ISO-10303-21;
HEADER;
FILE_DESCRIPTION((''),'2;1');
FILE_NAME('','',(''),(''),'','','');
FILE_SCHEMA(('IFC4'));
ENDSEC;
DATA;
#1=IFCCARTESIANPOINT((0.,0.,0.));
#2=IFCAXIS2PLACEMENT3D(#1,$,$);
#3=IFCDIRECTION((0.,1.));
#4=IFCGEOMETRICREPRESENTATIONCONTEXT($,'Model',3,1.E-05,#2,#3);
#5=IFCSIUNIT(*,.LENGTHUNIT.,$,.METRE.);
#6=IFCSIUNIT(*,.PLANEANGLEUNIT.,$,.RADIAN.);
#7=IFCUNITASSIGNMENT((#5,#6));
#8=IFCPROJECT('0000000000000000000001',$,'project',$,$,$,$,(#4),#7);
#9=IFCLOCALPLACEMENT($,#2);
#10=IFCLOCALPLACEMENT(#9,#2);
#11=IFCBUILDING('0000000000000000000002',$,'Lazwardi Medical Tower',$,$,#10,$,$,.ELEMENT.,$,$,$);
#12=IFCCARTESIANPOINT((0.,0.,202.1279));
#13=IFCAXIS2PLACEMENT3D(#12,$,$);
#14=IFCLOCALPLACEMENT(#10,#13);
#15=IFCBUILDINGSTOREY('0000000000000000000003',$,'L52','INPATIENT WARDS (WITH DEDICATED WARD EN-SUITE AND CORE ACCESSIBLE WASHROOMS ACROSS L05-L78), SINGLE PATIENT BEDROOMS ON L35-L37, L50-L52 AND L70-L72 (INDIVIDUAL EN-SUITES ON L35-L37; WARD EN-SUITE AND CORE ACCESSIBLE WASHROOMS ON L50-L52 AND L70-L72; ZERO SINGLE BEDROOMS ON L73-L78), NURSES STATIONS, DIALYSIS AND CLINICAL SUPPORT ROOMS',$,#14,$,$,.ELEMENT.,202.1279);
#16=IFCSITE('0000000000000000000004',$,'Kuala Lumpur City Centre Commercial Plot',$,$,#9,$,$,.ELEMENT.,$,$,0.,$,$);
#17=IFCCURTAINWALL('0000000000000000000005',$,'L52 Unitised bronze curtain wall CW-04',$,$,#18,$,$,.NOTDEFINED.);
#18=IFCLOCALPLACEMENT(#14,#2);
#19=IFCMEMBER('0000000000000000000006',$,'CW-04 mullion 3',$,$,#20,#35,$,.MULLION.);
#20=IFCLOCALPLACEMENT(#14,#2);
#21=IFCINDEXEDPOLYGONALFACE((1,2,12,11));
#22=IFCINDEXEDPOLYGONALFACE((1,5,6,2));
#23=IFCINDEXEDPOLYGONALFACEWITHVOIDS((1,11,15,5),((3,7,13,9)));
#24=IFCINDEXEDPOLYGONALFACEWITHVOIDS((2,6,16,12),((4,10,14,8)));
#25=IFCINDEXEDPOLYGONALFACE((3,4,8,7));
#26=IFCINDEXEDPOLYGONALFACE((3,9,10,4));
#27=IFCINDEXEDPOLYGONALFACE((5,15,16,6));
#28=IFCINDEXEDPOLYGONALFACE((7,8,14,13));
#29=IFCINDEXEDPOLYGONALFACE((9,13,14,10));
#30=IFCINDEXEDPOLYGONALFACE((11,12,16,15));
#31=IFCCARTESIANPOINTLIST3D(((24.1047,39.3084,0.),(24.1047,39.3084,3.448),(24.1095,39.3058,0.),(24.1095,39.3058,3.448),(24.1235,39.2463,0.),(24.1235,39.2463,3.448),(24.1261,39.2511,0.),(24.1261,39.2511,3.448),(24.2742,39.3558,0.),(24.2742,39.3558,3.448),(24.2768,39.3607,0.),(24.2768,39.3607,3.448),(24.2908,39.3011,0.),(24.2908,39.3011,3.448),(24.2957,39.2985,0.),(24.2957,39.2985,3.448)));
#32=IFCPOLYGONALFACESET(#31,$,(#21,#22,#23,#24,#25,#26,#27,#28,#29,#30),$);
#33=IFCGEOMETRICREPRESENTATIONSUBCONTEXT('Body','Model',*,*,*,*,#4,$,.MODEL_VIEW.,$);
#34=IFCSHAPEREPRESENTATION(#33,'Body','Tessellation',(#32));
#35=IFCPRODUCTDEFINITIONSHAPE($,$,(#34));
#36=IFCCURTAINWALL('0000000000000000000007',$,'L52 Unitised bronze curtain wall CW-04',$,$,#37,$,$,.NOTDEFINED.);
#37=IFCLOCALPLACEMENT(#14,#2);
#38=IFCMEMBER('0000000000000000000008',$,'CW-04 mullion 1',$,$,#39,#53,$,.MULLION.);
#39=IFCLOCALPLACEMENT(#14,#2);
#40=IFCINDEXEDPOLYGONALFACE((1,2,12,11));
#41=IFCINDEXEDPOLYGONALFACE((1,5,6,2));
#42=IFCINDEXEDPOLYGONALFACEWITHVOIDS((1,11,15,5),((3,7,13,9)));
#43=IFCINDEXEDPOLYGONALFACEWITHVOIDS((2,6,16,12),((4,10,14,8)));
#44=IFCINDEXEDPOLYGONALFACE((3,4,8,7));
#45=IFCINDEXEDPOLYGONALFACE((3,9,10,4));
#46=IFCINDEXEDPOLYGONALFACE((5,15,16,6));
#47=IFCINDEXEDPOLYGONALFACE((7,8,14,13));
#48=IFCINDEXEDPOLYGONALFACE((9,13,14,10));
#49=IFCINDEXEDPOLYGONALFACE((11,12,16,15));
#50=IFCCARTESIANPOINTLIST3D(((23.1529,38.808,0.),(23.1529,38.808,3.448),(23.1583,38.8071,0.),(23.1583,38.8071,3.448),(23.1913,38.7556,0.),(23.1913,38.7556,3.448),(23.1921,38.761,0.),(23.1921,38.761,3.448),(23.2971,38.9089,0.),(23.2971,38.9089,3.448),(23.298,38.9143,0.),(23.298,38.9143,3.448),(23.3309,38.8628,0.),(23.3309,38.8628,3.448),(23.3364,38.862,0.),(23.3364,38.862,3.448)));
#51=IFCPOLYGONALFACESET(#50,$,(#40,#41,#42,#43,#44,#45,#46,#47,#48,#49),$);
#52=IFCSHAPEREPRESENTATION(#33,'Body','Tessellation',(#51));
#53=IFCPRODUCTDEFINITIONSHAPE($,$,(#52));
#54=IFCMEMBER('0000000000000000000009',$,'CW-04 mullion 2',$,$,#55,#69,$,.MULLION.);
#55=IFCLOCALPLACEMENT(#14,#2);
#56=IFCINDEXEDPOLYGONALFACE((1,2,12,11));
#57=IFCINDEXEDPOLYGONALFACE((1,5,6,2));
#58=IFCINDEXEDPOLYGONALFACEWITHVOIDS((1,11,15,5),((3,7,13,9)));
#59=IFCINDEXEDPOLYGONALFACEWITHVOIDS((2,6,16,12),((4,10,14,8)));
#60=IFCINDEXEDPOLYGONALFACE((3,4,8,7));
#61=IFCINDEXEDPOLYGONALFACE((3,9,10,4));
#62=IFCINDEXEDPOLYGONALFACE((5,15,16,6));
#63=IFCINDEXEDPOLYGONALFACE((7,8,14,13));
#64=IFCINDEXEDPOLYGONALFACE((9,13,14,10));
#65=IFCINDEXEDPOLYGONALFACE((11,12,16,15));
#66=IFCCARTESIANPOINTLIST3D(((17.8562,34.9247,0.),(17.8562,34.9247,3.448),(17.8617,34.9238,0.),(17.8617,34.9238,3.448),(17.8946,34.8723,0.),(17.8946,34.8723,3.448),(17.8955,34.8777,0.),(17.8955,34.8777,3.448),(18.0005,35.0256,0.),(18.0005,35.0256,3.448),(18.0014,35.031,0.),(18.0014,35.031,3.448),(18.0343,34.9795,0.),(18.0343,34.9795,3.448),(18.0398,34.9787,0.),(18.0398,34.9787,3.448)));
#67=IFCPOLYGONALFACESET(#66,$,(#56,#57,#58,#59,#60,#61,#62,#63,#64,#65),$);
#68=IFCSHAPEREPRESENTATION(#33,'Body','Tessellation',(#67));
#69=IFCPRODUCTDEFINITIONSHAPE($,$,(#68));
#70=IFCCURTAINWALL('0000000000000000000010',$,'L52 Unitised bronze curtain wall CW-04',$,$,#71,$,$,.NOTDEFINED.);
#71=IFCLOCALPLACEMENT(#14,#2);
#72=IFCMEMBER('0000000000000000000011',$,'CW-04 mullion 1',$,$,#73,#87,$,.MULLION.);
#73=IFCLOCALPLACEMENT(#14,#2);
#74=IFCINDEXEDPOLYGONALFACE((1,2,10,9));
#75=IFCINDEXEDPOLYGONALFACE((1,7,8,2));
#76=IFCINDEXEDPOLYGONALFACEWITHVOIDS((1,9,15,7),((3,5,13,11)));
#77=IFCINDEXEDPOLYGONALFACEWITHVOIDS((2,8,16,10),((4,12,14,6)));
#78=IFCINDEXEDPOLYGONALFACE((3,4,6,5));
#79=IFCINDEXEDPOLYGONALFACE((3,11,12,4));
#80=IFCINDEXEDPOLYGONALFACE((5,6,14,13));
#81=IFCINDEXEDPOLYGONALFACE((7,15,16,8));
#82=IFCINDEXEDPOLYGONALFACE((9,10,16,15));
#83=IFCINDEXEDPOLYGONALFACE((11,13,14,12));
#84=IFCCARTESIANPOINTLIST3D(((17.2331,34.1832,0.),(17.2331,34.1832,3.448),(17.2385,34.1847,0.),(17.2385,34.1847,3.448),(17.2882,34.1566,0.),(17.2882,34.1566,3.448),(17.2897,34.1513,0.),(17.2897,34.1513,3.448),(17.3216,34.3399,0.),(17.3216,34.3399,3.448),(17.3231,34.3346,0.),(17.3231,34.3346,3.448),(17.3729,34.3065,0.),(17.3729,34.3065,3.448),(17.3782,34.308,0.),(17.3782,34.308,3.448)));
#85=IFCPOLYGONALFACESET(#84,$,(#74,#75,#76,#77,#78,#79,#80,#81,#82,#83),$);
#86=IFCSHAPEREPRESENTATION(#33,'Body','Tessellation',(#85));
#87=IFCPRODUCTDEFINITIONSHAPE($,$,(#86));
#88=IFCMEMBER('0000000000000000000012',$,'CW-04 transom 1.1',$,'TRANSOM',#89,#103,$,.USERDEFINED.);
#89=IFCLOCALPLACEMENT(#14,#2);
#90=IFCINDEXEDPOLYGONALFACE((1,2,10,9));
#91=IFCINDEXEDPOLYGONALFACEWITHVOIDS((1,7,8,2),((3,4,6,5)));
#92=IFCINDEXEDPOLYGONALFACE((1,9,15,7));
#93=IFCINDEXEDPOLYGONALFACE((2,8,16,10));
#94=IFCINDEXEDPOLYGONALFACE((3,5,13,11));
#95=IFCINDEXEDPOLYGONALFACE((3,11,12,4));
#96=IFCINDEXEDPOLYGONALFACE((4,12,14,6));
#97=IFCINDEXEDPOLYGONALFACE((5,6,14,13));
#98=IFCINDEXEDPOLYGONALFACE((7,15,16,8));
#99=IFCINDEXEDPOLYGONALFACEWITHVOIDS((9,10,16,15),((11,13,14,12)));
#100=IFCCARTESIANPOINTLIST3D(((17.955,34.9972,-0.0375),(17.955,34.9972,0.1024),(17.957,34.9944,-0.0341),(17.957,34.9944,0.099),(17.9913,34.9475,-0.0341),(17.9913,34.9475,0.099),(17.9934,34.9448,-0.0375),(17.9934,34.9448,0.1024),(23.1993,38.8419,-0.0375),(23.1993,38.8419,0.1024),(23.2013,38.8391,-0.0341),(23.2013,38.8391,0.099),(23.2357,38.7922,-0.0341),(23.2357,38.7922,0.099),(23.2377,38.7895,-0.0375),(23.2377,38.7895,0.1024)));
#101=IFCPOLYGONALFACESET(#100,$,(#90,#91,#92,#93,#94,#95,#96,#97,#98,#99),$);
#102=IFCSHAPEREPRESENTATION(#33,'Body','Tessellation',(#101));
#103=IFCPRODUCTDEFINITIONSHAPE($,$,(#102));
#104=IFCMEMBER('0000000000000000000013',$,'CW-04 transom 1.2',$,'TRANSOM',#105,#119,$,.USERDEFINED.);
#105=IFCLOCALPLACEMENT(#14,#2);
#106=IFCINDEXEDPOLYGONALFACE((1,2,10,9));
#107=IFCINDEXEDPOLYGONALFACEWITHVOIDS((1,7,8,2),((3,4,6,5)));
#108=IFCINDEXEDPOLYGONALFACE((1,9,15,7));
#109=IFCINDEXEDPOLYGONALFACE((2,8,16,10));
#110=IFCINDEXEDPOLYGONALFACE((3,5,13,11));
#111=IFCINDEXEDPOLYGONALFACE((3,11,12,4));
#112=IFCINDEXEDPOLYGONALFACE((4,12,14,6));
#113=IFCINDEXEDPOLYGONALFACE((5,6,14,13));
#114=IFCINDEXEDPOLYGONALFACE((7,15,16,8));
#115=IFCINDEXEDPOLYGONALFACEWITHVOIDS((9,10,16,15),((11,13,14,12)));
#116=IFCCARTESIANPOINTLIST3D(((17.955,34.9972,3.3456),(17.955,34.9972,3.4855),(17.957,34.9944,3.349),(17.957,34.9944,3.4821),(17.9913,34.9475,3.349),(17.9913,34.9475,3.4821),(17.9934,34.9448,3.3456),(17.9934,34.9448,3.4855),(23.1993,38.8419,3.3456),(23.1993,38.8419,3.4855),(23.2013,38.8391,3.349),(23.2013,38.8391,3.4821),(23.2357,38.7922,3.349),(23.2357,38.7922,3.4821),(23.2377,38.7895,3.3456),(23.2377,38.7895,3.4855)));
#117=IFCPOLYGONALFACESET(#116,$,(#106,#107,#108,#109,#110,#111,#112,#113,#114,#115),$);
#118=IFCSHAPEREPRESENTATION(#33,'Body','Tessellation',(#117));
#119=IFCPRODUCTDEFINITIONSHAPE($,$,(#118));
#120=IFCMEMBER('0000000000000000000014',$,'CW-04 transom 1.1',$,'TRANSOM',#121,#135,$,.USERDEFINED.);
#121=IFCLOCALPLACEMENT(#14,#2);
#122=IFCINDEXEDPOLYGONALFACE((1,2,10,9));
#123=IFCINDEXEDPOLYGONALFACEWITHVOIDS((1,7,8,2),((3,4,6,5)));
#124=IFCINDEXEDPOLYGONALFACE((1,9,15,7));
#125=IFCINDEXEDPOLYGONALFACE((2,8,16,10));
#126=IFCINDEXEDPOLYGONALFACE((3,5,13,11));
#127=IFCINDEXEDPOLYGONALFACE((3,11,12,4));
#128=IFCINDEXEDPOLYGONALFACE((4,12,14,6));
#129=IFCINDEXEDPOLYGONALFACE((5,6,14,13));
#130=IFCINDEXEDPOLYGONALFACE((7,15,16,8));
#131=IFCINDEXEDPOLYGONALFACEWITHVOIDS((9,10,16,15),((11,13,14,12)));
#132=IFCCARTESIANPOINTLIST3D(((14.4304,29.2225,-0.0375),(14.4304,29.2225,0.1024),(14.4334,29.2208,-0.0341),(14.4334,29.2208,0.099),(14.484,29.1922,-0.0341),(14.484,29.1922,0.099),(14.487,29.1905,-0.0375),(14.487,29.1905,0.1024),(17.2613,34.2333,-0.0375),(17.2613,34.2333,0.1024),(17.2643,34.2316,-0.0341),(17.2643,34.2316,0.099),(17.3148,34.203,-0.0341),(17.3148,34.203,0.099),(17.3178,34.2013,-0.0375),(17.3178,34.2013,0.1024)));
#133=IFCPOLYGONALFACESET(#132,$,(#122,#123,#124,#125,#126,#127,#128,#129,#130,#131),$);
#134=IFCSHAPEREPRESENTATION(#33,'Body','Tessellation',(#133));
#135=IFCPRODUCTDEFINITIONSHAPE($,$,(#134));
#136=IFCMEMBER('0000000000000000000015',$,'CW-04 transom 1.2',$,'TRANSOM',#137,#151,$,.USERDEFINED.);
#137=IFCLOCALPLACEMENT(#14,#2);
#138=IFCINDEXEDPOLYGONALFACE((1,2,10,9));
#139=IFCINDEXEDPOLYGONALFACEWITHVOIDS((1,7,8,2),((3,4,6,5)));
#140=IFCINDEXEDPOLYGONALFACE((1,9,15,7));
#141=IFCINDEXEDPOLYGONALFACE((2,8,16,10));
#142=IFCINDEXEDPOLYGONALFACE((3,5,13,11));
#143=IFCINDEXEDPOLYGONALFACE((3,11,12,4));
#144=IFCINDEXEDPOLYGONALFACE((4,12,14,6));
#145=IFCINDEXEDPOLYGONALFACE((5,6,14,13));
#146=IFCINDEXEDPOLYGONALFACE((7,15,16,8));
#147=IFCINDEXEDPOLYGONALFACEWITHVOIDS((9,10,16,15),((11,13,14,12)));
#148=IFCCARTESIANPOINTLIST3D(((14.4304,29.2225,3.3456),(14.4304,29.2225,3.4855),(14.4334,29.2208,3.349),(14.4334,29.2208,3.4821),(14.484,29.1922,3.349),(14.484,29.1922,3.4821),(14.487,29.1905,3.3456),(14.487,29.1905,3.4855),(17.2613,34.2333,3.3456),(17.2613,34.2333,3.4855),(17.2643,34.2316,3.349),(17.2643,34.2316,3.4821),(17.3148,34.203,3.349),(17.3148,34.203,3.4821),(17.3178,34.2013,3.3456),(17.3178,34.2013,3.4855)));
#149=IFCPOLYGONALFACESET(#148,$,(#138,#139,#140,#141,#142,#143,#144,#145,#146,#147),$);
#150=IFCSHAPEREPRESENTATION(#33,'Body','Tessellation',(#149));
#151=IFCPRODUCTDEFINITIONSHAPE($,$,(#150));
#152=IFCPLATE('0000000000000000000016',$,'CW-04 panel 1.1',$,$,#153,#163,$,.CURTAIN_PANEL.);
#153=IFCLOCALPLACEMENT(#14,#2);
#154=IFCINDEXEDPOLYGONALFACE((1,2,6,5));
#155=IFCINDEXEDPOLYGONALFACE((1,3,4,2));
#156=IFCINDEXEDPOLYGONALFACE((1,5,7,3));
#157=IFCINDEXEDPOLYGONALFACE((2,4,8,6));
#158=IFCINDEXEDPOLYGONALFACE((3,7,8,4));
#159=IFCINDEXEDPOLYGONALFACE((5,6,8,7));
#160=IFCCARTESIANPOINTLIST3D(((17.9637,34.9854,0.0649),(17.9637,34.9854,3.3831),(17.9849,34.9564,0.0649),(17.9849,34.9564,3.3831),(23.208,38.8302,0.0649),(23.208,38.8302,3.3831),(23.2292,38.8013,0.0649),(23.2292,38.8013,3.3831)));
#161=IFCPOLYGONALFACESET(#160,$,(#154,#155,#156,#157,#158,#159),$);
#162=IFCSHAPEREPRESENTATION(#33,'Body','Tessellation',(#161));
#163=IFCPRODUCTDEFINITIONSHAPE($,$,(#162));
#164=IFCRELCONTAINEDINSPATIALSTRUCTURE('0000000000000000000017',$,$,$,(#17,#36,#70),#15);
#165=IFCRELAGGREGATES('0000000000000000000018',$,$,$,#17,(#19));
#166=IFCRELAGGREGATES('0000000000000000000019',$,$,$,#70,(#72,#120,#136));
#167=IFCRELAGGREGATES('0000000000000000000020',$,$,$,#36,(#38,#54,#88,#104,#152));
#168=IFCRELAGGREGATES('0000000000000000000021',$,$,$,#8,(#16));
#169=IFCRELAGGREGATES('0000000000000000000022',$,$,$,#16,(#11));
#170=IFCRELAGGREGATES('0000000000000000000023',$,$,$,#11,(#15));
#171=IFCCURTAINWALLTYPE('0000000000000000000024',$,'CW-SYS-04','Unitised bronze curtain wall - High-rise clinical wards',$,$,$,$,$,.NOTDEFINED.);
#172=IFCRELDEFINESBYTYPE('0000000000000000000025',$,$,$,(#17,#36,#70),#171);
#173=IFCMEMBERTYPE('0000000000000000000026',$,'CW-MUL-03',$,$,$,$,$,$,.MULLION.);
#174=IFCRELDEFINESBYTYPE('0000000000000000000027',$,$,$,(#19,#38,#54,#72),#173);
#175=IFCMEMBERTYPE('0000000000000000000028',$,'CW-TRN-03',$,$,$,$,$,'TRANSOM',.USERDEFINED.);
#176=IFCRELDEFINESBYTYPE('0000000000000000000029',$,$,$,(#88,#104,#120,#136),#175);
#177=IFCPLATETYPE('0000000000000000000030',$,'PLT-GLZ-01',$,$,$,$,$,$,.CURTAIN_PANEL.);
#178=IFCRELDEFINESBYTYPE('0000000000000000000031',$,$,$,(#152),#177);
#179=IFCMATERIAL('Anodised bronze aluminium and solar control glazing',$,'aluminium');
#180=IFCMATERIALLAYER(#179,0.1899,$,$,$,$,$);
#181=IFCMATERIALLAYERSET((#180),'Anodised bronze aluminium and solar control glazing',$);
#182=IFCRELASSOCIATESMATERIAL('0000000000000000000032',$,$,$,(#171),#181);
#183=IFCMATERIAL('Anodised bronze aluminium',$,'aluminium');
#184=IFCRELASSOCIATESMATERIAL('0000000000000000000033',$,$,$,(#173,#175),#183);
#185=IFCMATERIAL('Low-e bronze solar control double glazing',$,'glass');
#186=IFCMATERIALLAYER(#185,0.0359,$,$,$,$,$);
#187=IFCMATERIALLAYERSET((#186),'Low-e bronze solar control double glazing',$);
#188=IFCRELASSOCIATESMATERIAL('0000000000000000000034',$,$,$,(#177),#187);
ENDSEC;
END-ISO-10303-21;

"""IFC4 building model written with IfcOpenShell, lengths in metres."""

from ifc_helpers import new_model, si_unit, direction, frame, origin, origin_2d, place, context, subcontext, project, spatial, rectangle, hollow_rectangle, extrude, material, layer, layer_set, material_profile, profile_set, type_object, element, aggregate, save


model = new_model("IFC4")

# Units and contexts
model_context = context("Model", 3, precision=1e-05, world=origin(), true_north=direction((0.0, 1.0)))
body_context = subcontext(model_context, "Body", "Model", "MODEL_VIEW")
ifc_project = project(units=[si_unit("LENGTHUNIT", "METRE"), si_unit("PLANEANGLEUNIT", "RADIAN")], contexts=[model_context])

# Site, building, storey
site_placement = place(None, origin())
site = spatial("IfcSite", under=ifc_project, at=site_placement, Name="Kuala Lumpur City Centre Commercial Plot", CompositionType="ELEMENT", RefElevation=0.0)
building_placement = place(site_placement, origin())
building = spatial("IfcBuilding", under=site, at=building_placement, Name="Lazwardi Medical Tower", CompositionType="ELEMENT")
storey_placement = place(building_placement, frame((0.0, 0.0, 202.1279)))
storey = spatial("IfcBuildingStorey", under=building, at=storey_placement, Name="L52", Description="INPATIENT WARDS (WITH DEDICATED WARD EN-SUITE AND CORE ACCESSIBLE WASHROOMS ACROSS L05-L78), SINGLE PATIENT BEDROOMS ON L35-L37, L50-L52 AND L70-L72 (INDIVIDUAL EN-SUITES ON L35-L37; WARD EN-SUITE AND CORE ACCESSIBLE WASHROOMS ON L50-L52 AND L70-L72; ZERO SINGLE BEDROOMS ON L73-L78), NURSES STATIONS, DIALYSIS AND CLINICAL SUPPORT ROOMS", CompositionType="ELEMENT", Elevation=202.1279)

# Curtain wall, member
ifc_material_1 = material(Name="Anodised bronze aluminium and solar control glazing", Category="aluminium")
ifc_layer_1 = layer(ifc_material_1, 0.1899)
ifc_layer_set_1 = layer_set([ifc_layer_1], Name="Anodised bronze aluminium and solar control glazing")
curtain_wall_type = type_object("IfcCurtainWallType", Name="CW-SYS-04", Description="Unitised bronze curtain wall - High-rise clinical wards", PredefinedType="NOTDEFINED", material=ifc_layer_set_1)
curtain_wall_1_placement = place(storey_placement, origin())
curtain_wall_1 = element("IfcCurtainWall", 1, at=curtain_wall_1_placement, inside=storey, type_object=curtain_wall_type, Name="L52 Unitised bronze curtain wall CW-04", PredefinedType="NOTDEFINED")
ifc_material_2 = material(Name="Anodised bronze aluminium", Category="aluminium")
ifc_material_profile_1 = material_profile(ifc_material_2, hollow_rectangle(XDim=0.0649, YDim=0.1799, WallThickness=0.0039, at=origin_2d()), Name="ALU-MULLION 180x65x4")
ifc_profile_set_1 = profile_set([ifc_material_profile_1], Name="Anodised bronze aluminium")
member_type_1 = type_object("IfcMemberType", Name="CW-MUL-03", PredefinedType="MULLION", material=ifc_profile_set_1)
member_1_placement = place(storey_placement, frame((24.2002, 39.3035, 0.0), z_axis=(0.0, 0.0, 1.0), x_axis=(0.290582, -0.95685, 0.0)))
member_1 = element("IfcMember", 2, at=member_1_placement, type_object=member_type_1, Name="CW-04 mullion 3", PredefinedType="MULLION", context=body_context, shape_type="SweptSolid", body=[
    extrude(hollow_rectangle(XDim=0.0649, YDim=0.1799, WallThickness=0.0039, at=origin_2d()), origin(), (0.0, 0.0, 1.0), 3.448),
])
aggregate(curtain_wall_1, [member_1])

# Curtain wall, members
curtain_wall_2_placement = place(storey_placement, origin())
curtain_wall_2 = element("IfcCurtainWall", 3, at=curtain_wall_2_placement, inside=storey, type_object=curtain_wall_type, Name="L52 Unitised bronze curtain wall CW-04", PredefinedType="NOTDEFINED")
member_2_placement = place(storey_placement, frame((23.2446, 38.835, 0.0), z_axis=(0.0, 0.0, 1.0), x_axis=(0.591268, -0.806475, 0.0)))
member_2 = element("IfcMember", 4, at=member_2_placement, type_object=member_type_1, Name="CW-04 mullion 1", PredefinedType="MULLION", context=body_context, shape_type="SweptSolid", body=[
    extrude(hollow_rectangle(XDim=0.0649, YDim=0.1799, WallThickness=0.0039, at=origin_2d()), origin(), (0.0, 0.0, 1.0), 3.448),
])
member_3_placement = place(storey_placement, frame((17.948, 34.9517, 0.0), z_axis=(0.0, 0.0, 1.0), x_axis=(0.591268, -0.806475, 0.0)))
member_3 = element("IfcMember", 5, at=member_3_placement, type_object=member_type_1, Name="CW-04 mullion 2", PredefinedType="MULLION", context=body_context, shape_type="SweptSolid", body=[
    extrude(hollow_rectangle(XDim=0.0649, YDim=0.1799, WallThickness=0.0039, at=origin_2d()), origin(), (0.0, 0.0, 1.0), 3.448),
])

# Curtain wall, member
curtain_wall_3_placement = place(storey_placement, origin())
curtain_wall_3 = element("IfcCurtainWall", 6, at=curtain_wall_3_placement, inside=storey, type_object=curtain_wall_type, Name="L52 Unitised bronze curtain wall CW-04", PredefinedType="NOTDEFINED")
member_4_placement = place(storey_placement, frame((17.3057, 34.2456, 0.0), z_axis=(0.0, 0.0, 1.0), x_axis=(0.870651, -0.4919, 0.0)))
member_4 = element("IfcMember", 7, at=member_4_placement, type_object=member_type_1, Name="CW-04 mullion 1", PredefinedType="MULLION", context=body_context, shape_type="SweptSolid", body=[
    extrude(hollow_rectangle(XDim=0.0649, YDim=0.1799, WallThickness=0.0039, at=origin_2d()), origin(), (0.0, 0.0, 1.0), 3.448),
])

# Members
ifc_material_profile_2 = material_profile(ifc_material_2, hollow_rectangle(XDim=0.0649, YDim=0.1399, WallThickness=0.0034, at=origin_2d()), Name="ALU-TRANSOM 140x65x3.5")
ifc_profile_set_2 = profile_set([ifc_material_profile_2], Name="Anodised bronze aluminium")
member_type_2 = type_object("IfcMemberType", Name="CW-TRN-03", ElementType="TRANSOM", PredefinedType="USERDEFINED", material=ifc_profile_set_2)
member_5_placement = place(storey_placement, frame((23.2185, 38.8157, 0.0325), z_axis=(-0.80649, -0.591248, 0.0), x_axis=(0.591248, -0.80649, 0.0)))
member_5 = element("IfcMember", 8, at=member_5_placement, type_object=member_type_2, Name="CW-04 transom 1.1", ObjectType="TRANSOM", PredefinedType="USERDEFINED", context=body_context, shape_type="SweptSolid", body=[
    extrude(hollow_rectangle(XDim=0.0649, YDim=0.1399, WallThickness=0.0034, at=origin_2d()), origin(), (0.0, 0.0, 1.0), 6.5027),
])
member_6_placement = place(storey_placement, frame((23.2185, 38.8157, 3.4155), z_axis=(-0.80649, -0.591248, 0.0), x_axis=(0.591248, -0.80649, 0.0)))
member_6 = element("IfcMember", 9, at=member_6_placement, type_object=member_type_2, Name="CW-04 transom 1.2", ObjectType="TRANSOM", PredefinedType="USERDEFINED", context=body_context, shape_type="SweptSolid", body=[
    extrude(hollow_rectangle(XDim=0.0649, YDim=0.1399, WallThickness=0.0034, at=origin_2d()), origin(), (0.0, 0.0, 1.0), 6.5027),
])
member_7_placement = place(storey_placement, frame((17.2896, 34.2173, 0.0325), z_axis=(-0.49188, -0.870663, 0.0), x_axis=(0.870663, -0.49188, 0.0)))
member_7 = element("IfcMember", 10, at=member_7_placement, type_object=member_type_2, Name="CW-04 transom 1.1", ObjectType="TRANSOM", PredefinedType="USERDEFINED", context=body_context, shape_type="SweptSolid", body=[
    extrude(hollow_rectangle(XDim=0.0649, YDim=0.1399, WallThickness=0.0034, at=origin_2d()), origin(), (0.0, 0.0, 1.0), 5.7551),
])
member_8_placement = place(storey_placement, frame((17.2896, 34.2173, 3.4155), z_axis=(-0.49188, -0.870663, 0.0), x_axis=(0.870663, -0.49188, 0.0)))
member_8 = element("IfcMember", 11, at=member_8_placement, type_object=member_type_2, Name="CW-04 transom 1.2", ObjectType="TRANSOM", PredefinedType="USERDEFINED", context=body_context, shape_type="SweptSolid", body=[
    extrude(hollow_rectangle(XDim=0.0649, YDim=0.1399, WallThickness=0.0034, at=origin_2d()), origin(), (0.0, 0.0, 1.0), 5.7551),
])
aggregate(curtain_wall_3, [member_4, member_7, member_8])

# Plate
ifc_material_3 = material(Name="Low-e bronze solar control double glazing", Category="glass")
ifc_layer_2 = layer(ifc_material_3, 0.0359)
ifc_layer_set_2 = layer_set([ifc_layer_2], Name="Low-e bronze solar control double glazing")
plate_type = type_object("IfcPlateType", Name="PLT-GLZ-01", PredefinedType="CURTAIN_PANEL", material=ifc_layer_set_2)
plate_placement = place(storey_placement, frame((20.5964, 36.8933, 0.0649), z_axis=(0.0, 0.0, 1.0), x_axis=(-0.806475, -0.591268, 0.0)))
plate = element("IfcPlate", 12, at=plate_placement, type_object=plate_type, Name="CW-04 panel 1.1", PredefinedType="CURTAIN_PANEL", context=body_context, shape_type="SweptSolid", body=[
    extrude(rectangle(XDim=6.5027, YDim=0.0359, at=origin_2d()), origin(), (0.0, 0.0, 1.0), 3.3181),
])
aggregate(curtain_wall_2, [member_2, member_3, member_5, member_6, plate])

save(model, "model.ifc")
